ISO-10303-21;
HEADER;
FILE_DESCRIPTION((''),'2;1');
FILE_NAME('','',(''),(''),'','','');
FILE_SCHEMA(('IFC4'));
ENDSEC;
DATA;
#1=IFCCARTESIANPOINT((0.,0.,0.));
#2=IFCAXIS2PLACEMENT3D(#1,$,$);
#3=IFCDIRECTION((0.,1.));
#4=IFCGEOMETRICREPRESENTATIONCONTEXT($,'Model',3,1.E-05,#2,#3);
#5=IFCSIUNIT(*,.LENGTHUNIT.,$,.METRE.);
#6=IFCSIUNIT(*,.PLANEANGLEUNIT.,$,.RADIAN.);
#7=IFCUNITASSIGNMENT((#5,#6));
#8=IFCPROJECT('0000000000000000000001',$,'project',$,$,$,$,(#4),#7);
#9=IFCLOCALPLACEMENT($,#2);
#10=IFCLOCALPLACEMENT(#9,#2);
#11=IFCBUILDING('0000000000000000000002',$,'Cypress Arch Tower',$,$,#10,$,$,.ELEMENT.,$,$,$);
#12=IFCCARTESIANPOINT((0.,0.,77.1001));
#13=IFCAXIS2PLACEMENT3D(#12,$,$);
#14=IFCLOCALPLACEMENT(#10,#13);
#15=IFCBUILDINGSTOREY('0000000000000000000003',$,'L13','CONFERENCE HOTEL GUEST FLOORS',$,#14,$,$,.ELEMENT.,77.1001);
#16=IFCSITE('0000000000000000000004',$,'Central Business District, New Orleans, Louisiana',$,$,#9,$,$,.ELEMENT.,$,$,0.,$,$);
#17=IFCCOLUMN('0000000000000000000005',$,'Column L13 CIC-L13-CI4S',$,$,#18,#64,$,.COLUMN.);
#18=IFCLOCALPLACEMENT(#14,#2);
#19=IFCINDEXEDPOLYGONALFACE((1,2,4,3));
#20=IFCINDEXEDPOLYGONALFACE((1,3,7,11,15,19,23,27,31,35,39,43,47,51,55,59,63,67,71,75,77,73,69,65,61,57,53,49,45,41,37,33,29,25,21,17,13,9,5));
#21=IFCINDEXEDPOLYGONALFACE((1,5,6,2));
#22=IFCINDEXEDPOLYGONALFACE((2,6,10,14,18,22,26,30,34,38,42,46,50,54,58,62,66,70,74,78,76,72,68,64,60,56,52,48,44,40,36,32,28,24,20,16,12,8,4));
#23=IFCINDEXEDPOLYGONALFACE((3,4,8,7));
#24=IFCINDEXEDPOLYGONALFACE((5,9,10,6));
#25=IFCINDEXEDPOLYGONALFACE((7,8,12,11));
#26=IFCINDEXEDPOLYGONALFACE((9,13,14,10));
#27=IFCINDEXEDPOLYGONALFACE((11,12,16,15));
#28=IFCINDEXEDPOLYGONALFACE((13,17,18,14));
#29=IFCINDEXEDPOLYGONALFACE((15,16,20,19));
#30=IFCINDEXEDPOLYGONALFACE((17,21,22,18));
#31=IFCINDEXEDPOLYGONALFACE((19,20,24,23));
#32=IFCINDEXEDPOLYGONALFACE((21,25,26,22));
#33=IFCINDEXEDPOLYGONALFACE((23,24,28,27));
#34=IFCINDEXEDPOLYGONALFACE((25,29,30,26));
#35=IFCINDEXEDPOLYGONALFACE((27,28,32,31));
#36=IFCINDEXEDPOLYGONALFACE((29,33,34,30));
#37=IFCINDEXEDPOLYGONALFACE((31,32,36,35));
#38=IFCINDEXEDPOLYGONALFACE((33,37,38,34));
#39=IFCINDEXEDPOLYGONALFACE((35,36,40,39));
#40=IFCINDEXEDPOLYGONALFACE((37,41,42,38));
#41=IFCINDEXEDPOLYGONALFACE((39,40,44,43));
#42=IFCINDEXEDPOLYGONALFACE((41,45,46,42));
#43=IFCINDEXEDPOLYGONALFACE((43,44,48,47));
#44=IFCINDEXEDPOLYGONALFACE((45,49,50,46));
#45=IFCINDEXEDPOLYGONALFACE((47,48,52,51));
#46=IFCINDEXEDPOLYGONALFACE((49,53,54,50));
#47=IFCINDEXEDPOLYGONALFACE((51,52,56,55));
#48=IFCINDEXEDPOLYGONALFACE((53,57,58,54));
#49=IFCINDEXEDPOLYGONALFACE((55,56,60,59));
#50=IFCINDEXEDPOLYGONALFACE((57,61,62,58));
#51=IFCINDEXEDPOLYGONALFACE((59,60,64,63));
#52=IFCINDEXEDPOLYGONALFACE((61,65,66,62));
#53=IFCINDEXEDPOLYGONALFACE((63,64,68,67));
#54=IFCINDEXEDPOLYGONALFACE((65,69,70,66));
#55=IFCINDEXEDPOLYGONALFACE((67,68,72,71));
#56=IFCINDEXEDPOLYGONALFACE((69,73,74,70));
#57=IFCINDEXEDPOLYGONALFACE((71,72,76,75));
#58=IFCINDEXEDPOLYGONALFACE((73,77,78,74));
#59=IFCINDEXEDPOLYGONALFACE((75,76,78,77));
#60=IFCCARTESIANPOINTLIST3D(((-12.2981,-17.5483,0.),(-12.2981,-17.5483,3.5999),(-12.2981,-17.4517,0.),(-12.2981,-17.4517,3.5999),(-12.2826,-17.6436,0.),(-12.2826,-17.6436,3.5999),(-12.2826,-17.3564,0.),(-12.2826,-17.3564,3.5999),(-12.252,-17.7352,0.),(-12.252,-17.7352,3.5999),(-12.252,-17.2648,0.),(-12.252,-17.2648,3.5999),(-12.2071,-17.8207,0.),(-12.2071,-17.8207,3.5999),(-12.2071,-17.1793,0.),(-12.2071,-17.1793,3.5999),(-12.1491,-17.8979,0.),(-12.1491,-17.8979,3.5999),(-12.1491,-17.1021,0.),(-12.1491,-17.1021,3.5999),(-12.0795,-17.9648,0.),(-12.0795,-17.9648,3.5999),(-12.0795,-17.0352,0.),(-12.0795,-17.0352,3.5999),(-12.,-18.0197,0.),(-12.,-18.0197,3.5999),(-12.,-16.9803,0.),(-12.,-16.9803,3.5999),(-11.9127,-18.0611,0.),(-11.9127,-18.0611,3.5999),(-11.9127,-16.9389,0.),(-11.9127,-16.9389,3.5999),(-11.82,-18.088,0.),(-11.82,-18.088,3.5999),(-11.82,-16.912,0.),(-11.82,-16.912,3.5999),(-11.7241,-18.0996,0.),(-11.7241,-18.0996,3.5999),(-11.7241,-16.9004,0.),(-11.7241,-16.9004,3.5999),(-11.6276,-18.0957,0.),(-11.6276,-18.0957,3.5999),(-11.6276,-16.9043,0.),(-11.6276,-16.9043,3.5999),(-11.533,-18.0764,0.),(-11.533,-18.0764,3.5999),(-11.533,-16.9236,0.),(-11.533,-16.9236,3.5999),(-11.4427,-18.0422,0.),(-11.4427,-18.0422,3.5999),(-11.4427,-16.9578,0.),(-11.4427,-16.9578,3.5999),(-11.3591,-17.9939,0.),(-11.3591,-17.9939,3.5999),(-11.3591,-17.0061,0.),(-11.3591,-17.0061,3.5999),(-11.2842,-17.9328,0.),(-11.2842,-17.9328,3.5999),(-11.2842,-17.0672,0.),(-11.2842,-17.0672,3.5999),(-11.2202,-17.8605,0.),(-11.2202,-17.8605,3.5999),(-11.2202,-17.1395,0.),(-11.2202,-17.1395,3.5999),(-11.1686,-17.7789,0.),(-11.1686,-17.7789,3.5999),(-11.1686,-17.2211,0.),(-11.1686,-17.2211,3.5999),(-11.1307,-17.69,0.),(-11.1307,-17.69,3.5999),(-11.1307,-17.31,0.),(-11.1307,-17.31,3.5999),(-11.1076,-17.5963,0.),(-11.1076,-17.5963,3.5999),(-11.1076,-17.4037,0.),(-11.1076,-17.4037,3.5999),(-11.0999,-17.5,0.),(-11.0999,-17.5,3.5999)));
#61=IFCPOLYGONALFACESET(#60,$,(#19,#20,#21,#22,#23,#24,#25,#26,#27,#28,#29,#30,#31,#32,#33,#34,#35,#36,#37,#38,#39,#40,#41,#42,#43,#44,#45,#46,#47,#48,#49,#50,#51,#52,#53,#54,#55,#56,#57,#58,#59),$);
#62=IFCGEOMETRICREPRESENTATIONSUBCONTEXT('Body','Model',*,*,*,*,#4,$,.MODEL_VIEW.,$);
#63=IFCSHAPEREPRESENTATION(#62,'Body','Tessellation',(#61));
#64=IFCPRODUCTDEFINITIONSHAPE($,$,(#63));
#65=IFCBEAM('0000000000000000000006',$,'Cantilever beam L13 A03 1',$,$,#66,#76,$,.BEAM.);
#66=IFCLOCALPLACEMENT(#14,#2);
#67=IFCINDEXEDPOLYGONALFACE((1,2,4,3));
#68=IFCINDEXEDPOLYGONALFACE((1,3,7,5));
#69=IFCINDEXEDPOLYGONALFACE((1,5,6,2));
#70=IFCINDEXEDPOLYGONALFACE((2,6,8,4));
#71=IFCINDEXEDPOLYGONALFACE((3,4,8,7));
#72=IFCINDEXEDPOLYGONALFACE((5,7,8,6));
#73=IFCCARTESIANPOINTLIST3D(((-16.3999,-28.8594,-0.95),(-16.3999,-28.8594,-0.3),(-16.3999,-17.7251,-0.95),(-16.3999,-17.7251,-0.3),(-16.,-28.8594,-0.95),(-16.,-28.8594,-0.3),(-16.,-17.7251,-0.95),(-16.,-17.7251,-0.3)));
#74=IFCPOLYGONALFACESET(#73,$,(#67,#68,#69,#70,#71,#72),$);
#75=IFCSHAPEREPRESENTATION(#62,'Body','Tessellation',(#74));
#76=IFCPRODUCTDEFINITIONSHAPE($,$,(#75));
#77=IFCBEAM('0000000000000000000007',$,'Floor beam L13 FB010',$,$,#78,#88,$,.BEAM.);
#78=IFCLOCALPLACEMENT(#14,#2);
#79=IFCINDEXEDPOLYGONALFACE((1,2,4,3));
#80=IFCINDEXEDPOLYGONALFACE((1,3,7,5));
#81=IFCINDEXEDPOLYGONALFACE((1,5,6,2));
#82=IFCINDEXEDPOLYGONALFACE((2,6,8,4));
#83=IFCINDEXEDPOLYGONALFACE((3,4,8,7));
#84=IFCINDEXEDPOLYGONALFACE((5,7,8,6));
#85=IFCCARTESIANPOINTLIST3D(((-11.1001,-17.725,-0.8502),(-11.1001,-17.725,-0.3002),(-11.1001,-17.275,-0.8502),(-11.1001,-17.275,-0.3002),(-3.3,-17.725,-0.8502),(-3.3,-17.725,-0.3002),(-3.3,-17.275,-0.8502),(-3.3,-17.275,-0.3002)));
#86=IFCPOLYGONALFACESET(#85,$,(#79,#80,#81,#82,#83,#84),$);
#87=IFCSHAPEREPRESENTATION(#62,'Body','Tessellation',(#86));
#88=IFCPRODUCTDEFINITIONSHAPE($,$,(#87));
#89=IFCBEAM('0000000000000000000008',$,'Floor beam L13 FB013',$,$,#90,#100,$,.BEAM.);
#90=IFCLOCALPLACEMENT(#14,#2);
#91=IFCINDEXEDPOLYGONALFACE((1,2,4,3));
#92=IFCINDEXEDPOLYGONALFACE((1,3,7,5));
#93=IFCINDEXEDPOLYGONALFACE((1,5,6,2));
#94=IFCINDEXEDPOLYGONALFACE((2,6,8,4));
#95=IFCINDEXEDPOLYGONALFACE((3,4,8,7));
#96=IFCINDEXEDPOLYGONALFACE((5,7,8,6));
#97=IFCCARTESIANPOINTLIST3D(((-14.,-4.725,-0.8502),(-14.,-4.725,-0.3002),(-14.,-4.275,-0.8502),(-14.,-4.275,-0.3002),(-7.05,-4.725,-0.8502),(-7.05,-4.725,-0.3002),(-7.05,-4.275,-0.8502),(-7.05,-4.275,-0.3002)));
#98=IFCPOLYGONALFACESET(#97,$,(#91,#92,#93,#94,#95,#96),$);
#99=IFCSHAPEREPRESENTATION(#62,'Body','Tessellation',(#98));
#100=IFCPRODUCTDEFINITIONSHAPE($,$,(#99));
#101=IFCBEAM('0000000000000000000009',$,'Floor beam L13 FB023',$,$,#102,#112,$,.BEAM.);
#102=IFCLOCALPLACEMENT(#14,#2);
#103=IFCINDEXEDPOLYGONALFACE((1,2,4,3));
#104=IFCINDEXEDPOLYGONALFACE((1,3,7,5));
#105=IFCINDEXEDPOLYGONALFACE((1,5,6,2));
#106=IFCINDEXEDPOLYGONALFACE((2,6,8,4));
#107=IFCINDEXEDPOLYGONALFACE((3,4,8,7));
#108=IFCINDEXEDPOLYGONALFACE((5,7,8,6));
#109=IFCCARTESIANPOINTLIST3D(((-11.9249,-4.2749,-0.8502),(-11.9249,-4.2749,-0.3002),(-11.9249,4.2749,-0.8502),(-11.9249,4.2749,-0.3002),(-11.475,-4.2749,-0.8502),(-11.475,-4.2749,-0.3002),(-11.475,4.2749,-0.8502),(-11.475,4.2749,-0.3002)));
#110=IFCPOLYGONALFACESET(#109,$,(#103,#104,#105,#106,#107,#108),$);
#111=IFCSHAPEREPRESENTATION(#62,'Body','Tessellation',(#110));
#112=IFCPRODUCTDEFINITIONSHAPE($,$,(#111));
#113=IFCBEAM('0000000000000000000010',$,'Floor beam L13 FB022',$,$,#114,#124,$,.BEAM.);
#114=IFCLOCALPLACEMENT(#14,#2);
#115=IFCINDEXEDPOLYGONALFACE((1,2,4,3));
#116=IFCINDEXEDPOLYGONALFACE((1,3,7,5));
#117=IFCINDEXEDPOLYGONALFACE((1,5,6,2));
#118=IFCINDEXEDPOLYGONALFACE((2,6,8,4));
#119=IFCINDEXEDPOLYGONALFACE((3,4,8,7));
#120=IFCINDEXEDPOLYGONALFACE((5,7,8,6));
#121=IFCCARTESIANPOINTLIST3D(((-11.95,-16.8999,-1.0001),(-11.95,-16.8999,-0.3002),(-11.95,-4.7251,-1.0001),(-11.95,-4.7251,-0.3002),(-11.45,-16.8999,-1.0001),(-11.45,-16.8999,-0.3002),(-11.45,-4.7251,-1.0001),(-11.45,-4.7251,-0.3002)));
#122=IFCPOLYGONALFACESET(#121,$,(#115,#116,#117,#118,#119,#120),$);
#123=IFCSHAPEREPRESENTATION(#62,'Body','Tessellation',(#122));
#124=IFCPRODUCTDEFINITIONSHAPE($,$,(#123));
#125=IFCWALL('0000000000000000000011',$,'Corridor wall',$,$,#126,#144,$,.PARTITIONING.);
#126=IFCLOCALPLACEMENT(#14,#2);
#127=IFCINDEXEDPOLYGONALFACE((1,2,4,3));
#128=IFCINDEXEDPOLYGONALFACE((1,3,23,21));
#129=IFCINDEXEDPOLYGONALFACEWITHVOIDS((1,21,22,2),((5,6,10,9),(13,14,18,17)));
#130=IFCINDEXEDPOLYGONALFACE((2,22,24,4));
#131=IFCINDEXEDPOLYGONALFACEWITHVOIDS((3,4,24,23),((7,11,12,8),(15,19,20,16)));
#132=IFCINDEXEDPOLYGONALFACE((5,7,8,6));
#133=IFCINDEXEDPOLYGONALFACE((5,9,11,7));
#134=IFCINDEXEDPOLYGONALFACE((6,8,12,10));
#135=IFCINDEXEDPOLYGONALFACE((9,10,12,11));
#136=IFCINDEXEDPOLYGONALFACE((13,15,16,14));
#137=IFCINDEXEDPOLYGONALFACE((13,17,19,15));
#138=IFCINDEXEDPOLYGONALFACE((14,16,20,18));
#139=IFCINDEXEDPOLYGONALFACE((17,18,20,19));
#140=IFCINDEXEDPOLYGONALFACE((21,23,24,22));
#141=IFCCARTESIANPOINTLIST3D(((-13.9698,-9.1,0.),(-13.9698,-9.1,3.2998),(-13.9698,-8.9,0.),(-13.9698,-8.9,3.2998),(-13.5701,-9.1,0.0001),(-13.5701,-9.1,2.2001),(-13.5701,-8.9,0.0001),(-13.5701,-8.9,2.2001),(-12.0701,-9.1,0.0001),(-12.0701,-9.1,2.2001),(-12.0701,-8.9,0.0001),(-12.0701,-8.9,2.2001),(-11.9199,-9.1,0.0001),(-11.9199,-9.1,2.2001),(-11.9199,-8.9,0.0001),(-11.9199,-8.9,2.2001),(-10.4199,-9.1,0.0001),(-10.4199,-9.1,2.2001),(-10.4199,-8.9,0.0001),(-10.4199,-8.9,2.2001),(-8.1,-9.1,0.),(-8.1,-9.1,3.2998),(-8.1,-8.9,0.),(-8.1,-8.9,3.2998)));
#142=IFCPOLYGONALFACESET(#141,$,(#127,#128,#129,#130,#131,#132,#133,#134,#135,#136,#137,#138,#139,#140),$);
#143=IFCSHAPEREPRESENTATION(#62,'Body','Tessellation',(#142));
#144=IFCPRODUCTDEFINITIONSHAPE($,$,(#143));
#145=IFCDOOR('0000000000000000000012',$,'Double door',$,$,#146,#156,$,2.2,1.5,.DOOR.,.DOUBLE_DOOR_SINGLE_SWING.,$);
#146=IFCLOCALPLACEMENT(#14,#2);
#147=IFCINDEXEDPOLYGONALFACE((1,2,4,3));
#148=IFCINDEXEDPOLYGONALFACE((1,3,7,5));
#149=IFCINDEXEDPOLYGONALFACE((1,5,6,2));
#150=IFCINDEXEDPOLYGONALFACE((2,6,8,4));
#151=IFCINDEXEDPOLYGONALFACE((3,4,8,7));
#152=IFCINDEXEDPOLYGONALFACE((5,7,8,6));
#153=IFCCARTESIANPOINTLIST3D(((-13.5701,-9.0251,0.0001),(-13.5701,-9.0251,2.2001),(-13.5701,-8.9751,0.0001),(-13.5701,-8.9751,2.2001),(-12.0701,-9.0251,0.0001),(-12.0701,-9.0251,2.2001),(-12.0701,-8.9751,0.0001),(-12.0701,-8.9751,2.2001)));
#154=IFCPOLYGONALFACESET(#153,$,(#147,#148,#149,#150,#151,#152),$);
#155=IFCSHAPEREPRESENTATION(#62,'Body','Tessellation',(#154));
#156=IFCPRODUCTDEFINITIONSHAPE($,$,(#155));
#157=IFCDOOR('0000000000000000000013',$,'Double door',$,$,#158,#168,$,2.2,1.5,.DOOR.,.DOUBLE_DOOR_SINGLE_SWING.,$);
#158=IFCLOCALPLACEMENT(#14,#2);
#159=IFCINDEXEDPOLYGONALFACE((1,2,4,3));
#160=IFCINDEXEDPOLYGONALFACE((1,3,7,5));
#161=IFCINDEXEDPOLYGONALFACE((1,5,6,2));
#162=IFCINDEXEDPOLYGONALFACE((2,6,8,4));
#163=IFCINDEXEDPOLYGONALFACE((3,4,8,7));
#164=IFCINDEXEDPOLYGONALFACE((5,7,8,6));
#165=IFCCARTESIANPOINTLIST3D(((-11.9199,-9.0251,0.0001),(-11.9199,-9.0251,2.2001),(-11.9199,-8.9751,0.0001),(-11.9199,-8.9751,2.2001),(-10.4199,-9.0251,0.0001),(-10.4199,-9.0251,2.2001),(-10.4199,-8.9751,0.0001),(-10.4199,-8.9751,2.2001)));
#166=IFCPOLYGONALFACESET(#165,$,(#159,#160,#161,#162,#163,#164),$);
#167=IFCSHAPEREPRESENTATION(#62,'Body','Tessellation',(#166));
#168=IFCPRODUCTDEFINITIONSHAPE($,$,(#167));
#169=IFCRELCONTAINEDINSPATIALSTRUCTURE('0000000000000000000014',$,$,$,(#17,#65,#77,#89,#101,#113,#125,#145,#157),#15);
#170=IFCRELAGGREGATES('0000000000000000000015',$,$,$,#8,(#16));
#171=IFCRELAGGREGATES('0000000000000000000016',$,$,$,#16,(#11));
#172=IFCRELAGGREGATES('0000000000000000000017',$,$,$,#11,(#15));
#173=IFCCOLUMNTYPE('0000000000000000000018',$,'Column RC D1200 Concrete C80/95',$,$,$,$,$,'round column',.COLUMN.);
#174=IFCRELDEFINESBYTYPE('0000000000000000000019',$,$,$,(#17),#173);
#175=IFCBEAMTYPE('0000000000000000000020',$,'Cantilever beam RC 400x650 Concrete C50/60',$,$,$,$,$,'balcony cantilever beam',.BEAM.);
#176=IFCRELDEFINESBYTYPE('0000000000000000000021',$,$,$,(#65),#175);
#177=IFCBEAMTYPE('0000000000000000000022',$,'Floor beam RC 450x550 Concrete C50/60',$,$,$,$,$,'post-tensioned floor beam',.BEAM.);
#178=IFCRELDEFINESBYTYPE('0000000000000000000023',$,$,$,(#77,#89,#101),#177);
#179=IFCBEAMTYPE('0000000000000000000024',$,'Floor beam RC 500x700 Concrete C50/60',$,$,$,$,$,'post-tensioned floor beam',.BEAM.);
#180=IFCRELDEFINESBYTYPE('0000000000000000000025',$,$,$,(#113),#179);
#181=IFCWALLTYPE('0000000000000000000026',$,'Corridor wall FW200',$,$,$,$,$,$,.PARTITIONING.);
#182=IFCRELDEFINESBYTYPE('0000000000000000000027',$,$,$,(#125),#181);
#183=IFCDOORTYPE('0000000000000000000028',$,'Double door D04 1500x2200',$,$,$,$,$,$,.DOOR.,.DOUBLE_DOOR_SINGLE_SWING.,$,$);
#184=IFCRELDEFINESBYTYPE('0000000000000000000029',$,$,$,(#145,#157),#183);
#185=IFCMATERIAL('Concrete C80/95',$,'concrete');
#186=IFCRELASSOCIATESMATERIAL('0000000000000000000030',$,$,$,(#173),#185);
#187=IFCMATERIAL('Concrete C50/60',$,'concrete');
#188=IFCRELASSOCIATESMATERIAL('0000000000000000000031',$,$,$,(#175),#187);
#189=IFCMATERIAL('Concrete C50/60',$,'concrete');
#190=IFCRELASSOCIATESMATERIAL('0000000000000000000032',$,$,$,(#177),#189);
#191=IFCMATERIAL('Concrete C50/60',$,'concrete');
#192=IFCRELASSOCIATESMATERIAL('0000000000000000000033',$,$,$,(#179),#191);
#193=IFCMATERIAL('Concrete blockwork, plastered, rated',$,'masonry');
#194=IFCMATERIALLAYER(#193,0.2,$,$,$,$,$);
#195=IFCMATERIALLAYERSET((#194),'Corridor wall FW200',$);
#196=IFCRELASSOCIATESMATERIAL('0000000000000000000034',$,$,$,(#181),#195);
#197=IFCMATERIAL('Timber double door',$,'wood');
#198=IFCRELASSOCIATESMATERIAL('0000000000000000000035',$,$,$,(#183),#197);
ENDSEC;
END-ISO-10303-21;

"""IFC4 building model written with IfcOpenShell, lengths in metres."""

from ifc_helpers import new_model, si_unit, direction, frame, frame_2d, origin, origin_2d, place, context, subcontext, project, spatial, rectangle, circle, extrude, material, layer, layer_set, material_profile, profile_set, type_object, element, fill, save


model = new_model("IFC4")

# Units and contexts
model_context = context("Model", 3, precision=1e-05, world=origin(), true_north=direction((0.0, 1.0)))
body_context = subcontext(model_context, "Body", "Model", "MODEL_VIEW")
ifc_project = project(units=[si_unit("LENGTHUNIT", "METRE"), si_unit("PLANEANGLEUNIT", "RADIAN")], contexts=[model_context])

# Site, building, storey
site_placement = place(None, origin())
site = spatial("IfcSite", under=ifc_project, at=site_placement, Name="Central Business District, New Orleans, Louisiana", CompositionType="ELEMENT", RefElevation=0.0)
building_placement = place(site_placement, origin())
building = spatial("IfcBuilding", under=site, at=building_placement, Name="Cypress Arch Tower", CompositionType="ELEMENT")
storey_placement = place(building_placement, frame((0.0, 0.0, 77.1001)))
storey = spatial("IfcBuildingStorey", under=building, at=storey_placement, Name="L13", Description="CONFERENCE HOTEL GUEST FLOORS", CompositionType="ELEMENT", Elevation=77.1001)

# Column
ifc_material_1 = material(Name="Concrete C80/95", Category="concrete")
ifc_material_profile_1 = material_profile(ifc_material_1, circle(Radius=0.6001, at=origin_2d()), Name="RC D1200")
ifc_profile_set_1 = profile_set([ifc_material_profile_1], Name="Concrete C80/95")
column_type = type_object("IfcColumnType", Name="Column RC D1200 Concrete C80/95", ElementType="round column", PredefinedType="COLUMN", material=ifc_profile_set_1)
column_placement = place(storey_placement, frame((-11.7, -17.5, 0.0), z_axis=(0.0, 0.0, 1.0), x_axis=(1.0, 0.0, 0.0)))
element("IfcColumn", 1, at=column_placement, inside=storey, type_object=column_type, Name="Column L13 CIC-L13-CI4S", PredefinedType="COLUMN", context=body_context, shape_type="SweptSolid", body=[
    extrude(circle(Radius=0.6001, at=origin_2d()), origin(), (0.0, 0.0, 1.0), 3.5999),
])

# Beams
ifc_material_2 = material(Name="Concrete C50/60", Category="concrete")
ifc_material_profile_2 = material_profile(ifc_material_2, rectangle(XDim=0.3999, YDim=0.6499, at=origin_2d()), Name="RC 400x650")
ifc_profile_set_2 = profile_set([ifc_material_profile_2], Name="Concrete C50/60")
beam_type_1 = type_object("IfcBeamType", Name="Cantilever beam RC 400x650 Concrete C50/60", ElementType="balcony cantilever beam", PredefinedType="BEAM", material=ifc_profile_set_2)
beam_1_placement = place(storey_placement, frame((-16.2, -17.7251, -0.625), z_axis=(0.0, -1.0, 0.0), x_axis=(1.0, 0.0, 0.0)))
element("IfcBeam", 2, at=beam_1_placement, inside=storey, type_object=beam_type_1, Name="Cantilever beam L13 A03 1", PredefinedType="BEAM", context=body_context, shape_type="SweptSolid", body=[
    extrude(rectangle(XDim=0.3999, YDim=0.6499, at=origin_2d()), origin(), (0.0, 0.0, 1.0), 11.1343),
])
ifc_material_3 = material(Name="Concrete C50/60", Category="concrete")
ifc_material_profile_3 = material_profile(ifc_material_3, rectangle(XDim=0.45, YDim=0.55, at=origin_2d()), Name="RC 450x550")
ifc_profile_set_3 = profile_set([ifc_material_profile_3], Name="Concrete C50/60")
beam_type_2 = type_object("IfcBeamType", Name="Floor beam RC 450x550 Concrete C50/60", ElementType="post-tensioned floor beam", PredefinedType="BEAM", material=ifc_profile_set_3)
beam_2_placement = place(storey_placement, frame((-11.1001, -17.5, -0.5752), z_axis=(1.0, 0.0, 0.0), x_axis=(0.0, 1.0, 0.0)))
element("IfcBeam", 3, at=beam_2_placement, inside=storey, type_object=beam_type_2, Name="Floor beam L13 FB010", PredefinedType="BEAM", context=body_context, shape_type="SweptSolid", body=[
    extrude(rectangle(XDim=0.45, YDim=0.55, at=origin_2d()), origin(), (0.0, 0.0, 1.0), 7.8),
])
beam_3_placement = place(storey_placement, frame((-14.0, -4.5, -0.5752), z_axis=(1.0, 0.0, 0.0), x_axis=(0.0, 1.0, 0.0)))
element("IfcBeam", 4, at=beam_3_placement, inside=storey, type_object=beam_type_2, Name="Floor beam L13 FB013", PredefinedType="BEAM", context=body_context, shape_type="SweptSolid", body=[
    extrude(rectangle(XDim=0.45, YDim=0.55, at=origin_2d()), origin(), (0.0, 0.0, 1.0), 6.95),
])
beam_4_placement = place(storey_placement, frame((-11.7, -4.2749, -0.5752), z_axis=(0.0, 1.0, 0.0), x_axis=(-1.0, 0.0, 0.0)))
element("IfcBeam", 5, at=beam_4_placement, inside=storey, type_object=beam_type_2, Name="Floor beam L13 FB023", PredefinedType="BEAM", context=body_context, shape_type="SweptSolid", body=[
    extrude(rectangle(XDim=0.45, YDim=0.55, at=origin_2d()), origin(), (0.0, 0.0, 1.0), 8.5498),
])
ifc_material_4 = material(Name="Concrete C50/60", Category="concrete")
ifc_material_profile_4 = material_profile(ifc_material_4, rectangle(XDim=0.5, YDim=0.7, at=origin_2d()), Name="RC 500x700")
ifc_profile_set_4 = profile_set([ifc_material_profile_4], Name="Concrete C50/60")
beam_type_3 = type_object("IfcBeamType", Name="Floor beam RC 500x700 Concrete C50/60", ElementType="post-tensioned floor beam", PredefinedType="BEAM", material=ifc_profile_set_4)
beam_5_placement = place(storey_placement, frame((-11.7, -16.8999, -0.6501), z_axis=(0.0, 1.0, 0.0), x_axis=(-1.0, 0.0, 0.0)))
element("IfcBeam", 6, at=beam_5_placement, inside=storey, type_object=beam_type_3, Name="Floor beam L13 FB022", PredefinedType="BEAM", context=body_context, shape_type="SweptSolid", body=[
    extrude(rectangle(XDim=0.5, YDim=0.7, at=origin_2d()), origin(), (0.0, 0.0, 1.0), 12.1748),
])

# Wall, openings, doors
ifc_material_5 = material(Name="Concrete blockwork, plastered, rated", Category="masonry")
ifc_layer_1 = layer(ifc_material_5, 0.2)
ifc_layer_set_1 = layer_set([ifc_layer_1], Name="Corridor wall FW200")
wall_type_1 = type_object("IfcWallType", Name="Corridor wall FW200", PredefinedType="PARTITIONING", material=ifc_layer_set_1)
wall_1_placement = place(storey_placement, frame((-13.97, -9.0, 0.0), z_axis=(0.0, 0.0, 1.0), x_axis=(1.0, 0.0, 0.0)))
wall_1 = element("IfcWall", 7, at=wall_1_placement, inside=storey, type_object=wall_type_1, Name="Corridor wall", PredefinedType="PARTITIONING", context=body_context, shape_type="SweptSolid", body=[
    extrude(rectangle(XDim=5.8699, YDim=0.2, at=frame_2d((2.9351, 0.0))), origin(), (0.0, 0.0, 1.0), 3.2998),
])
opening_1_placement = place(wall_1_placement, frame((0.3999, 0.0, 0.0)))
opening_1 = element("IfcOpeningElement", 8, at=opening_1_placement, cuts=wall_1, PredefinedType="OPENING", context=body_context, shape_type="SweptSolid", body=[
    extrude(rectangle(XDim=1.5, YDim=2.2, at=frame_2d((0.75, 1.1001))), frame((0.0, 0.1099, 0.0), z_axis=(0.0, -1.0, 0.0), x_axis=(1.0, 0.0, 0.0)), (0.0, 0.0, 1.0), 0.22),
])
opening_2_placement = place(wall_1_placement, frame((2.05, 0.0, 0.0)))
opening_2 = element("IfcOpeningElement", 9, at=opening_2_placement, cuts=wall_1, PredefinedType="OPENING", context=body_context, shape_type="SweptSolid", body=[
    extrude(rectangle(XDim=1.5, YDim=2.2, at=frame_2d((0.75, 1.1001))), frame((0.0, 0.1099, 0.0), z_axis=(0.0, -1.0, 0.0), x_axis=(1.0, 0.0, 0.0)), (0.0, 0.0, 1.0), 0.22),
])
ifc_material_6 = material(Name="Timber double door", Category="wood")
door_type_1 = type_object("IfcDoorType", Name="Double door D04 1500x2200", OperationType="DOUBLE_DOOR_SINGLE_SWING", PredefinedType="DOOR", material=ifc_material_6)
door_1_placement = place(opening_1_placement, origin())
door_1 = element("IfcDoor", 10, at=door_1_placement, inside=storey, type_object=door_type_1, Name="Double door", OperationType="DOUBLE_DOOR_SINGLE_SWING", OverallHeight=2.2, OverallWidth=1.5, PredefinedType="DOOR", context=body_context, shape_type="SweptSolid", body=[
    extrude(rectangle(XDim=1.5, YDim=2.2, at=frame_2d((0.75, 1.1001))), frame((0.0, 0.0249, 0.0), z_axis=(0.0, -1.0, 0.0), x_axis=(1.0, 0.0, 0.0)), (0.0, 0.0, 1.0), 0.05),
])
fill(opening_1, door_1)
door_2_placement = place(opening_2_placement, origin())
door_2 = element("IfcDoor", 11, at=door_2_placement, inside=storey, type_object=door_type_1, Name="Double door", OperationType="DOUBLE_DOOR_SINGLE_SWING", OverallHeight=2.2, OverallWidth=1.5, PredefinedType="DOOR", context=body_context, shape_type="SweptSolid", body=[
    extrude(rectangle(XDim=1.5, YDim=2.2, at=frame_2d((0.75, 1.1001))), frame((0.0, 0.0249, 0.0), z_axis=(0.0, -1.0, 0.0), x_axis=(1.0, 0.0, 0.0)), (0.0, 0.0, 1.0), 0.05),
])
fill(opening_2, door_2)

save(model, "model.ifc")
